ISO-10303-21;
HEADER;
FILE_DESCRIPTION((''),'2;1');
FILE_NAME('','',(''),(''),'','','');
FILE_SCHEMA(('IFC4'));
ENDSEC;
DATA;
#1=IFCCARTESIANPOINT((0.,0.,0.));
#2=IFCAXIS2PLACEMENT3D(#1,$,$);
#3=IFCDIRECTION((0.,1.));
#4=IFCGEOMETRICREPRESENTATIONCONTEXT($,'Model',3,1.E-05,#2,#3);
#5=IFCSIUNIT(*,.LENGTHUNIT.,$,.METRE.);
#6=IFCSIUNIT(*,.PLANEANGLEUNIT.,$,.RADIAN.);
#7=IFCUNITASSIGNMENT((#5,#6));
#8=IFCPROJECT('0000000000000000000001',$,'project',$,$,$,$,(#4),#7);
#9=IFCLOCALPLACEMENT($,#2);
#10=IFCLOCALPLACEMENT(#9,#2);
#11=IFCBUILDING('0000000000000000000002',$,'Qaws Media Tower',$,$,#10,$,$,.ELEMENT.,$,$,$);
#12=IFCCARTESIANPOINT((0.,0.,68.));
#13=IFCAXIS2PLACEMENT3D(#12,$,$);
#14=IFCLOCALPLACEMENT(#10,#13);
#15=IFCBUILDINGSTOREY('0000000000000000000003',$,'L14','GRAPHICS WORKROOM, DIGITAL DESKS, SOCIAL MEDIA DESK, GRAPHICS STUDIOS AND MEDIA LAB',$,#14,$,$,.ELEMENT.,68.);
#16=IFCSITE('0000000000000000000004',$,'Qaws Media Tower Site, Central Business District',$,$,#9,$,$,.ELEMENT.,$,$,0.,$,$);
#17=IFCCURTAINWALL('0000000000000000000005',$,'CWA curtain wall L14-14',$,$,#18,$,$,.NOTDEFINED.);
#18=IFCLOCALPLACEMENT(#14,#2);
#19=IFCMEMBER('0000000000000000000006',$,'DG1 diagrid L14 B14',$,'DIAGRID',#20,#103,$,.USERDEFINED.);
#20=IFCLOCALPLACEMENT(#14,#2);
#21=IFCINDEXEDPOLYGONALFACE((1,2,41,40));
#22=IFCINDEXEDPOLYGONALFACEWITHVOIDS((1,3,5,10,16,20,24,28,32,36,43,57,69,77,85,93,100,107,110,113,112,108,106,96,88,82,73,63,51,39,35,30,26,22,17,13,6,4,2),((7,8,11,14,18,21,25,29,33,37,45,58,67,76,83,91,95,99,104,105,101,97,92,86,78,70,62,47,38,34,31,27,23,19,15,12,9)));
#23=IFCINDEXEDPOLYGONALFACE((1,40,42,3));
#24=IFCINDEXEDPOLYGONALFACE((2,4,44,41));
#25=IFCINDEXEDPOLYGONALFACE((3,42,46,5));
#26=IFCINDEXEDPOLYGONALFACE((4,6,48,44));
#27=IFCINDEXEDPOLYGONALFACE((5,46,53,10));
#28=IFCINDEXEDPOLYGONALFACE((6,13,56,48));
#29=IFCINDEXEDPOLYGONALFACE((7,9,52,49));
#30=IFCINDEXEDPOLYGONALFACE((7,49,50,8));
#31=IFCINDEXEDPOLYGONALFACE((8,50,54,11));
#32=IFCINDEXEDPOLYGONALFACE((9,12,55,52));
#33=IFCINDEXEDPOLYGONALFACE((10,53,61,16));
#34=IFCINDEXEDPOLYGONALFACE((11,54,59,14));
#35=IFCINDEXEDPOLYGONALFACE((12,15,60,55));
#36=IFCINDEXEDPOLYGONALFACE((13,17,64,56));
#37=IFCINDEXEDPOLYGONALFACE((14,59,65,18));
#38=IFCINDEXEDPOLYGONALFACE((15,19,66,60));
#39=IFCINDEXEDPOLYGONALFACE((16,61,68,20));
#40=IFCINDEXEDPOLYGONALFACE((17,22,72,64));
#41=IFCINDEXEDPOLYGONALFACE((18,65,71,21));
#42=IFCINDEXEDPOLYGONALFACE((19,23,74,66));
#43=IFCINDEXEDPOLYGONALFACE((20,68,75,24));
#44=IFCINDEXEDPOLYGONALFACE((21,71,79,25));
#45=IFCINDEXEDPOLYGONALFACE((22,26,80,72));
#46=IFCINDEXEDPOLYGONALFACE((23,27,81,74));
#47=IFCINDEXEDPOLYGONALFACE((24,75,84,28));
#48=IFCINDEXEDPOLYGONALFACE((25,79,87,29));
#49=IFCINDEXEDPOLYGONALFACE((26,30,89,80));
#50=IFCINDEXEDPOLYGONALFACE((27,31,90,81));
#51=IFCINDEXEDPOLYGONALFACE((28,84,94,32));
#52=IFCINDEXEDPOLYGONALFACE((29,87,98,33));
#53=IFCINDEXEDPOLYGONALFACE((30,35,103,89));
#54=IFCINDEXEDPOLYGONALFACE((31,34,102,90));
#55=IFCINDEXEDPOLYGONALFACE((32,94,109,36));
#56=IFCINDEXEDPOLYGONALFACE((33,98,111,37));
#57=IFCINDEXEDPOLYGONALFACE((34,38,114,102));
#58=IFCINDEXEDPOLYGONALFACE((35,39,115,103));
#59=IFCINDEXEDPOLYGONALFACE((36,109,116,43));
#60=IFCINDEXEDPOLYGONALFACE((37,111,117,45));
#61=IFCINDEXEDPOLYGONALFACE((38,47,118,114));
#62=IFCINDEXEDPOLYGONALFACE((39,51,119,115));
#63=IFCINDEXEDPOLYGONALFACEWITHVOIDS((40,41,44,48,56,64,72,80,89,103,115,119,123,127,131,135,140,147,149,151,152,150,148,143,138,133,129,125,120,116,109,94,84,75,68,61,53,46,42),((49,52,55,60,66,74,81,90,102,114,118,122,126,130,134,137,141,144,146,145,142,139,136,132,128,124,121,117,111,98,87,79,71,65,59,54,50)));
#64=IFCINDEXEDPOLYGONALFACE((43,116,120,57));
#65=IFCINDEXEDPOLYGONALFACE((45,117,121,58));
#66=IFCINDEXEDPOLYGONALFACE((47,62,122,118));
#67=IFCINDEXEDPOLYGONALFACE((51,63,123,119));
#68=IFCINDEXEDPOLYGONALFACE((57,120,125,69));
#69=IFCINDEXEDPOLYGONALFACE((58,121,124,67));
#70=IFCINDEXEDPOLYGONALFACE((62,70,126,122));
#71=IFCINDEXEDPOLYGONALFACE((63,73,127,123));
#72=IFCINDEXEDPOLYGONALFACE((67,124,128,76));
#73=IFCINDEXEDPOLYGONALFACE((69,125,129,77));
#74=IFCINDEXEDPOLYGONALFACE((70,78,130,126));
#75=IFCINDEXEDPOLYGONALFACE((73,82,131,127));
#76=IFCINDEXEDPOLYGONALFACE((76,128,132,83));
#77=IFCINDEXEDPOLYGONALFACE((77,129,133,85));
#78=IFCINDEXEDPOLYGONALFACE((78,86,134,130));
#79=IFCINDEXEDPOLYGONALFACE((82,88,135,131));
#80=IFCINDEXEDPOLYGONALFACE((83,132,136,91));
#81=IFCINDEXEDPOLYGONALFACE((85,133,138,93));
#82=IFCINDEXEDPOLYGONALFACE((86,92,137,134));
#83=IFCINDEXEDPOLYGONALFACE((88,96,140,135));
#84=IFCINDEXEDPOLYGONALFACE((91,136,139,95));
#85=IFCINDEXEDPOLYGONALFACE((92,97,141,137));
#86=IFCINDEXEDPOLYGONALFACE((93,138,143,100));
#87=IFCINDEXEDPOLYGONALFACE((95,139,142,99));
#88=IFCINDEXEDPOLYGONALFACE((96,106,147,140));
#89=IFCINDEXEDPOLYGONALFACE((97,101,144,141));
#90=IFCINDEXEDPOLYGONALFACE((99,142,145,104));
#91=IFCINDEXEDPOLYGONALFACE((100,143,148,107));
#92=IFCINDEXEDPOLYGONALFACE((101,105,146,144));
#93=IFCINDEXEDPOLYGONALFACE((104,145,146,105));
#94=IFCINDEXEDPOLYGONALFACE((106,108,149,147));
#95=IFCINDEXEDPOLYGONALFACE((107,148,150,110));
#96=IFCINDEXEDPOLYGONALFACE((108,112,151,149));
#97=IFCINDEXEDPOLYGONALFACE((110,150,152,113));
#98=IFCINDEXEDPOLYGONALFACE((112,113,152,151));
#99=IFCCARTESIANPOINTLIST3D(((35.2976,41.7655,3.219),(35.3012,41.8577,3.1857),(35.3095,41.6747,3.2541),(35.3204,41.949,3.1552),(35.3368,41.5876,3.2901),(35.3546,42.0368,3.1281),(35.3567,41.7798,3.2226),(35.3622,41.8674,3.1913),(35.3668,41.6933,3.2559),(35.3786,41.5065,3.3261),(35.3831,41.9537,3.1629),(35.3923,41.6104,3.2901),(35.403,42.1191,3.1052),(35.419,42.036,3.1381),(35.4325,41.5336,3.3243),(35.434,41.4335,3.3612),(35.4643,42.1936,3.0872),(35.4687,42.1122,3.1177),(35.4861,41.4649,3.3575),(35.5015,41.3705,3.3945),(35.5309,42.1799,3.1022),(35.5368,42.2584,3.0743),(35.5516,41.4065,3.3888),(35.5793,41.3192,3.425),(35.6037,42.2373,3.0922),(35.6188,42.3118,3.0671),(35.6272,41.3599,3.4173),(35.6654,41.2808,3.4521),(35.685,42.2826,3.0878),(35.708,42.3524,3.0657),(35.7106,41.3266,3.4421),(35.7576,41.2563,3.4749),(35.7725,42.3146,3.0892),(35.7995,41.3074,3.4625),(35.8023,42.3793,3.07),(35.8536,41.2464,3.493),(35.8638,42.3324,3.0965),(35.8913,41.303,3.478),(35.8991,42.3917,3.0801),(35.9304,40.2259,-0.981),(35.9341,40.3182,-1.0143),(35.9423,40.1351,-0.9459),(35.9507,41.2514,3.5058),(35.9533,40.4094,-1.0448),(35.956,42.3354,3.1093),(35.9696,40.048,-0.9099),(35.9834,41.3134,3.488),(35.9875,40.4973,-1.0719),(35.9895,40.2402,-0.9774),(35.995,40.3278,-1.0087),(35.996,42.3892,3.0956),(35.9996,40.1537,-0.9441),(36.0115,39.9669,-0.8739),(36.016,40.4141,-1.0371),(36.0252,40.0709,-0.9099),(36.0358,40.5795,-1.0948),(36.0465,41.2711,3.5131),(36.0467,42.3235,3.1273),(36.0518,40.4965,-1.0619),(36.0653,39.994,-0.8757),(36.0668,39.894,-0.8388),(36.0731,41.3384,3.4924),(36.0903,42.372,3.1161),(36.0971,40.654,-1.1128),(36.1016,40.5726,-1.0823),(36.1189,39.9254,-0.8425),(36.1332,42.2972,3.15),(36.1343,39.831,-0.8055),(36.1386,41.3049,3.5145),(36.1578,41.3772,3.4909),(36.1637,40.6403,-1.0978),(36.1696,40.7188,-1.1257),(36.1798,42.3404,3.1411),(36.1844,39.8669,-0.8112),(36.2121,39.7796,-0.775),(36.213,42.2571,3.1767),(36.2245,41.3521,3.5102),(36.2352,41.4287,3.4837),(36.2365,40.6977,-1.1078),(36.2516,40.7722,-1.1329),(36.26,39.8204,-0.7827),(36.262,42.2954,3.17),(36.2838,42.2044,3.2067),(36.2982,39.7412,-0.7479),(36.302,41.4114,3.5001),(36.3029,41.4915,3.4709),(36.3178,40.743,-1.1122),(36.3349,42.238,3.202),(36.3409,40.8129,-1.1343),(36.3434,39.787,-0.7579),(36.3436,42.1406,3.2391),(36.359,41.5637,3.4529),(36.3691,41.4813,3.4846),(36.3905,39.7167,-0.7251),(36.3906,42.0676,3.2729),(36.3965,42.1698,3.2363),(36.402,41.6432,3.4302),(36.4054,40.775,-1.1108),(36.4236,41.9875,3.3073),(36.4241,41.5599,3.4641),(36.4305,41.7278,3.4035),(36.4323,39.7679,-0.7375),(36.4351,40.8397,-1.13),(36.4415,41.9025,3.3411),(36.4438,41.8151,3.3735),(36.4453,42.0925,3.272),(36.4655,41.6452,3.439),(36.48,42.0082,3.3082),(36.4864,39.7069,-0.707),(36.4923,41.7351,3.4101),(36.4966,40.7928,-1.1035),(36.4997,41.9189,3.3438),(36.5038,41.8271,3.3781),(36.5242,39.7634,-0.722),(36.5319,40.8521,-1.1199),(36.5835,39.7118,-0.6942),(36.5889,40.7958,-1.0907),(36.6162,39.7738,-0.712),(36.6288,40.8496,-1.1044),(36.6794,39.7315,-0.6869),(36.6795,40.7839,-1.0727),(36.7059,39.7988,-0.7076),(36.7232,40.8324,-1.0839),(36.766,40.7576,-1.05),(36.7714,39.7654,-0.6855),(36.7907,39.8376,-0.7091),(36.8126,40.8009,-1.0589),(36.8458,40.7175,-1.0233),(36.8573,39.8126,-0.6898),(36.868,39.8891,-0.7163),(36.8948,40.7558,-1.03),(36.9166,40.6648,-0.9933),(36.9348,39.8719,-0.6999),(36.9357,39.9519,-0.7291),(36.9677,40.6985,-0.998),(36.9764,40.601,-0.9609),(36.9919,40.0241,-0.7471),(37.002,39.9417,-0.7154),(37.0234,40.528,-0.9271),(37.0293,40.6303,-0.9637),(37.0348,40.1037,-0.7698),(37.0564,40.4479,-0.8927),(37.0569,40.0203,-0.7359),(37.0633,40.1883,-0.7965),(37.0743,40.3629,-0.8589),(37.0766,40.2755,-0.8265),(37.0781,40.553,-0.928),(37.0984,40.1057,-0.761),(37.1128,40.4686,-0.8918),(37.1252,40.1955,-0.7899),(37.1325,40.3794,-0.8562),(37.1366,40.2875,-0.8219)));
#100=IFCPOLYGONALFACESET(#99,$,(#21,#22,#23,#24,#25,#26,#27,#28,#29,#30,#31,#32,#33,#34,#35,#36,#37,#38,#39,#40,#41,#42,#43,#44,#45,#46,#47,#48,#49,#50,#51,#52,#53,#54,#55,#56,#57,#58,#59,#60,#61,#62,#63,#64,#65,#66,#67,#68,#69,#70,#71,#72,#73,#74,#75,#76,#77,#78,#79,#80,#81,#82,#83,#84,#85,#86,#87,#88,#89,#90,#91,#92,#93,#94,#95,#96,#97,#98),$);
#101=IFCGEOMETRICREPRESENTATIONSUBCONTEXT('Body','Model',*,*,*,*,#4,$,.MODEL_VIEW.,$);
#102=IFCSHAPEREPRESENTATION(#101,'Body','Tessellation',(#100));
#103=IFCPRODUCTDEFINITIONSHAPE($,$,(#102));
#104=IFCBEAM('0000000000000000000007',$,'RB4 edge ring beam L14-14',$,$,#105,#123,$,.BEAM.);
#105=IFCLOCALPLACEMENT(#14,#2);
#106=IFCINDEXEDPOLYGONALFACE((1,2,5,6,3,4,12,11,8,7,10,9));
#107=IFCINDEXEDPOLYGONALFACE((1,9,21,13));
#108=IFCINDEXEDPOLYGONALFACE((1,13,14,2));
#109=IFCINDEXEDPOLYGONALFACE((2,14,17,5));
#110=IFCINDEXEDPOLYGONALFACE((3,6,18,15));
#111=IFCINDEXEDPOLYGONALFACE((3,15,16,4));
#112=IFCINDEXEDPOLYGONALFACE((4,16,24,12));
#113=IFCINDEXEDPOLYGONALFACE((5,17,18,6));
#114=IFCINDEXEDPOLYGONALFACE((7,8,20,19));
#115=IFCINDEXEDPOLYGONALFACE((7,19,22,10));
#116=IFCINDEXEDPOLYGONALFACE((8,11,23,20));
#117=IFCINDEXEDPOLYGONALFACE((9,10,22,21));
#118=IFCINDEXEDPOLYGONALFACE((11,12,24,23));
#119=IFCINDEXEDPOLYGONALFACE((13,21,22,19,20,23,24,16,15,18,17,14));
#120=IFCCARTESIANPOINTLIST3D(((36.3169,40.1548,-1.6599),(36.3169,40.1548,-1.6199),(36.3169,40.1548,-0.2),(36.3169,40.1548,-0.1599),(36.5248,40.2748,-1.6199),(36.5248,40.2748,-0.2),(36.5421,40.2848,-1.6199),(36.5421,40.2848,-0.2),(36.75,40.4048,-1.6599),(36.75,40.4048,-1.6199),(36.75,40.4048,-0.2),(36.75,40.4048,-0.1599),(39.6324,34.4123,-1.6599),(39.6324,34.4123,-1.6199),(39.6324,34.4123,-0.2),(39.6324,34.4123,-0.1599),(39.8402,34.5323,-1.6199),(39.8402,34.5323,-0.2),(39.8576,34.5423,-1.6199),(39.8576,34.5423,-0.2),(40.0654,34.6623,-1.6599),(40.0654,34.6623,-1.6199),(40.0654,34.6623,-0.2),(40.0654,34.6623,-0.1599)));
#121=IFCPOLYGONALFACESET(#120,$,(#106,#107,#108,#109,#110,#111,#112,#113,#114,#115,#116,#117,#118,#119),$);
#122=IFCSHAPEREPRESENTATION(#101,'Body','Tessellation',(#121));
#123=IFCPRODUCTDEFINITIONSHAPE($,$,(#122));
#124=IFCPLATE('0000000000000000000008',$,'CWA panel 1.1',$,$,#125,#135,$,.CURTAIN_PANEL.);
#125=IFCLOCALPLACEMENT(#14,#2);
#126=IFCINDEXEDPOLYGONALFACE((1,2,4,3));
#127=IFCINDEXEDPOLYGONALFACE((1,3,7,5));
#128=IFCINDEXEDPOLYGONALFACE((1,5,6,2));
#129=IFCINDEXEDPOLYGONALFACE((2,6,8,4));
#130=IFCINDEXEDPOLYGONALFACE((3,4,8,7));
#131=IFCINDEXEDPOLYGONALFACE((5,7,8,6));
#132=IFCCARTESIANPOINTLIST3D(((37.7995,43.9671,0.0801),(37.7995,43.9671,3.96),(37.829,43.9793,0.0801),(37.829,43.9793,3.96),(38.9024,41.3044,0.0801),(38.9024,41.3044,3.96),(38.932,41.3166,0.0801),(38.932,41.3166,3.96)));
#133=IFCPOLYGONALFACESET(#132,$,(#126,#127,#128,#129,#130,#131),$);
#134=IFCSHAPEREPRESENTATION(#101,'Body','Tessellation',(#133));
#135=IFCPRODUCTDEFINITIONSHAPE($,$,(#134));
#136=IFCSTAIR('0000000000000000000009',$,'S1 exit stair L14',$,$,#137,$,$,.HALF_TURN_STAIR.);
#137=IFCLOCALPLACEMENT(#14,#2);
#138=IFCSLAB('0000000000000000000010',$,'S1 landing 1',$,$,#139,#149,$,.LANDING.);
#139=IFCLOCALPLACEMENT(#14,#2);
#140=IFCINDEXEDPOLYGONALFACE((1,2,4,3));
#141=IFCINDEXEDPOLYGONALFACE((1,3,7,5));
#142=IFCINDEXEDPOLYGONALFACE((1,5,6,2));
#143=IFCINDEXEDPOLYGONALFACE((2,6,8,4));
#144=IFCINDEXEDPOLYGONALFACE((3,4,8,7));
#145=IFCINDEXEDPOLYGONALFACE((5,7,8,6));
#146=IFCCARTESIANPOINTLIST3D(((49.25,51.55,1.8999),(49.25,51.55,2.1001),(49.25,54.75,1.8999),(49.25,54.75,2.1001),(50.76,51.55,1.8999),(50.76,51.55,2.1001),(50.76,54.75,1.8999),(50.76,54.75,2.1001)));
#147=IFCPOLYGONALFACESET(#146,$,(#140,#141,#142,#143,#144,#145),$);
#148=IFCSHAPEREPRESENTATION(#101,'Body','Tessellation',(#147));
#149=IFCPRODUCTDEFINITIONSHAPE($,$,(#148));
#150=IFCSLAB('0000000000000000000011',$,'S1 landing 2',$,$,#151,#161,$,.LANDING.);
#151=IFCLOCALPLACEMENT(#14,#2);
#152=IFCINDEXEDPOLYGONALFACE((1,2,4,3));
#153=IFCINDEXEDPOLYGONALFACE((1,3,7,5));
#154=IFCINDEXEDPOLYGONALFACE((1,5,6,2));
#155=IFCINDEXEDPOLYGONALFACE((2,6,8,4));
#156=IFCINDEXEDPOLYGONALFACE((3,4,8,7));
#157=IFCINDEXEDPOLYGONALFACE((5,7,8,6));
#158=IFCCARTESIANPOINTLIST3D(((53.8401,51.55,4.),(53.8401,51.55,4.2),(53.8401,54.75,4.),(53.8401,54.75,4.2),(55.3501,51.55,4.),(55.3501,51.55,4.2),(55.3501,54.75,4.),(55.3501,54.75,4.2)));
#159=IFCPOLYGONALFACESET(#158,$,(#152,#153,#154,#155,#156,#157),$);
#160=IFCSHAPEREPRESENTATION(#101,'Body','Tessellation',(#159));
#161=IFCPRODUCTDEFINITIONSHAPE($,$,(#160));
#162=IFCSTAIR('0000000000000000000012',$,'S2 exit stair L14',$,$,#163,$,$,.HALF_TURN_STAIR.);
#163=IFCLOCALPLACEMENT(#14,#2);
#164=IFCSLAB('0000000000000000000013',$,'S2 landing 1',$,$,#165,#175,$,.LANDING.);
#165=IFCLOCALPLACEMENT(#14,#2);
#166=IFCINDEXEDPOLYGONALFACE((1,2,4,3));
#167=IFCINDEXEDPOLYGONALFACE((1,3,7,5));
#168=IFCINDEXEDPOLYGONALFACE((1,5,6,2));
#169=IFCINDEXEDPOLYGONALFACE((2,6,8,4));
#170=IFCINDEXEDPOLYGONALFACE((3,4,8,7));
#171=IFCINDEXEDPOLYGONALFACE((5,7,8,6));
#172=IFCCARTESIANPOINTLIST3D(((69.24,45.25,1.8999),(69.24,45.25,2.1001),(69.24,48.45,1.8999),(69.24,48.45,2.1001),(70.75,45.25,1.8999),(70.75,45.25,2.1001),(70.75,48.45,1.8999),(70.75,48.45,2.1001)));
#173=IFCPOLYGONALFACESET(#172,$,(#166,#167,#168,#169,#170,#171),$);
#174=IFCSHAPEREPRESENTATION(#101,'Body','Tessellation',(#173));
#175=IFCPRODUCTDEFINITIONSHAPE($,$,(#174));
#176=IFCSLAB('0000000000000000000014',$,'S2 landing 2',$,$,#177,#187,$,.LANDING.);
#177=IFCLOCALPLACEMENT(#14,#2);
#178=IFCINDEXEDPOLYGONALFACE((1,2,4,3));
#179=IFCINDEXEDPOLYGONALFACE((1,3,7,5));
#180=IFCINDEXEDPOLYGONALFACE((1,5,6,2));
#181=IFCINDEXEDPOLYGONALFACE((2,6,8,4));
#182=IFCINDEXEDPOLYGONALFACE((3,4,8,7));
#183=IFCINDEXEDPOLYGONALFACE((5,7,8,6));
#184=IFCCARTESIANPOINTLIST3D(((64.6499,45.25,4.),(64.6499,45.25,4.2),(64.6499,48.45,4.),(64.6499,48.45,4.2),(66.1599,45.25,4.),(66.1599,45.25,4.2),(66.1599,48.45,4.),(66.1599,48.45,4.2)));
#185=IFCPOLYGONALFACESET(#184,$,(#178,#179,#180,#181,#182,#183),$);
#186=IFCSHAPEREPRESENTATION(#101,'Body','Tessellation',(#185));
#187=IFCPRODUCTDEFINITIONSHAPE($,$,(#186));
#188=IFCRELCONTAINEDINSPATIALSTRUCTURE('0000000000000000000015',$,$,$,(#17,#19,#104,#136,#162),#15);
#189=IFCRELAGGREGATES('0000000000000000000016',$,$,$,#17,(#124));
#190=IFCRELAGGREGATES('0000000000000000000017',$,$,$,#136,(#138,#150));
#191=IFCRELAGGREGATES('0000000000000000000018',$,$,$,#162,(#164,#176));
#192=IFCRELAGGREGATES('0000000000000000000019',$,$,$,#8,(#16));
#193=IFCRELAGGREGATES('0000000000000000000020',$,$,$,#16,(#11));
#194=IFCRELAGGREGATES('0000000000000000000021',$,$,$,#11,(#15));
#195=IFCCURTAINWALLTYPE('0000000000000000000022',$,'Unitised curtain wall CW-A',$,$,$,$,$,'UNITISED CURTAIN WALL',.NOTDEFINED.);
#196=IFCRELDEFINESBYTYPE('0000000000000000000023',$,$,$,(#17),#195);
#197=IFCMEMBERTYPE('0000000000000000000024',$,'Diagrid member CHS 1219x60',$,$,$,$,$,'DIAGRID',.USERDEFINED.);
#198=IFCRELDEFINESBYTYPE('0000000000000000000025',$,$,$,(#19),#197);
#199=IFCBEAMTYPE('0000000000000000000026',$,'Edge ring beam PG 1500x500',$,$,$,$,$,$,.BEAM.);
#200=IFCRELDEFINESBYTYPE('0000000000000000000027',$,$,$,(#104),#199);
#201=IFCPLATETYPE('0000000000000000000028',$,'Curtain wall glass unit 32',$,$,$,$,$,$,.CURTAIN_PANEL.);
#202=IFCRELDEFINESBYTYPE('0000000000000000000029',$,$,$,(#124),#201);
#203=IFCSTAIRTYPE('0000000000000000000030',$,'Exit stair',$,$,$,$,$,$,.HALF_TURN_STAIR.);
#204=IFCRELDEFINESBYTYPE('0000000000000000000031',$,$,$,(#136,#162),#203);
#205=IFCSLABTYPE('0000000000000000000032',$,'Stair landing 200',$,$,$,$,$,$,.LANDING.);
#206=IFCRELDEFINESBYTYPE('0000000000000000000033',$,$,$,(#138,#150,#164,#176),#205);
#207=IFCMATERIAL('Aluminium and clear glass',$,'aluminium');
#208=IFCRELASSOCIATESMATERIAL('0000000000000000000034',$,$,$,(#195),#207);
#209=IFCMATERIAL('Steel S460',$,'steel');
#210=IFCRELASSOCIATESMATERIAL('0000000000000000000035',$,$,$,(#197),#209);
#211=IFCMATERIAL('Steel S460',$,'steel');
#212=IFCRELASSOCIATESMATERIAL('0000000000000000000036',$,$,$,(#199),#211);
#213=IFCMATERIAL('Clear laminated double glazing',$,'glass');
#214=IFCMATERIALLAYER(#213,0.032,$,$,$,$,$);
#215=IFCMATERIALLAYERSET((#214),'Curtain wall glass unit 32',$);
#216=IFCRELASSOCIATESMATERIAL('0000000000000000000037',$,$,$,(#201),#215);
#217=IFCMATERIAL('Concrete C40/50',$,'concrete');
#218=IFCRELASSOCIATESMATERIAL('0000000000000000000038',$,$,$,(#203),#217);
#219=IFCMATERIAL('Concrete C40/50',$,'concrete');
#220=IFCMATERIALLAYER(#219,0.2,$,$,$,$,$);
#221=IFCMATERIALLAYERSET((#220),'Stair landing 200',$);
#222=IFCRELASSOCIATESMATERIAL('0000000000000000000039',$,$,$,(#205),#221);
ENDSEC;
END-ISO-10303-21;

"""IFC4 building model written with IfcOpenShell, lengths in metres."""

from ifc_helpers import new_model, si_unit, direction, frame, origin, origin_2d, place, context, subcontext, project, spatial, polyline, rectangle, hollow_circle, i_section, outline, extrude, material, layer, layer_set, material_profile, profile_set, type_object, element, aggregate, save


model = new_model("IFC4")

# Units and contexts
model_context = context("Model", 3, precision=1e-05, world=origin(), true_north=direction((0.0, 1.0)))
body_context = subcontext(model_context, "Body", "Model", "MODEL_VIEW")
ifc_project = project(units=[si_unit("LENGTHUNIT", "METRE"), si_unit("PLANEANGLEUNIT", "RADIAN")], contexts=[model_context])

# Site, building, storey
site_placement = place(None, origin())
site = spatial("IfcSite", under=ifc_project, at=site_placement, Name="Qaws Media Tower Site, Central Business District", CompositionType="ELEMENT", RefElevation=0.0)
building_placement = place(site_placement, origin())
building = spatial("IfcBuilding", under=site, at=building_placement, Name="Qaws Media Tower", CompositionType="ELEMENT")
storey_placement = place(building_placement, frame((0.0, 0.0, 68.0)))
storey = spatial("IfcBuildingStorey", under=building, at=storey_placement, Name="L14", Description="GRAPHICS WORKROOM, DIGITAL DESKS, SOCIAL MEDIA DESK, GRAPHICS STUDIOS AND MEDIA LAB", CompositionType="ELEMENT", Elevation=68.0)

# Curtain wall
ifc_material_1 = material(Name="Aluminium and clear glass", Category="aluminium")
curtain_wall_type = type_object("IfcCurtainWallType", Name="Unitised curtain wall CW-A", ElementType="UNITISED CURTAIN WALL", PredefinedType="NOTDEFINED", material=ifc_material_1)
curtain_wall_placement = place(storey_placement, origin())
curtain_wall = element("IfcCurtainWall", 1, at=curtain_wall_placement, inside=storey, type_object=curtain_wall_type, Name="CWA curtain wall L14-14", PredefinedType="NOTDEFINED")

# Member
ifc_material_2 = material(Name="Steel S460", Category="steel")
ifc_material_profile_1 = material_profile(ifc_material_2, hollow_circle(Radius=0.6096, WallThickness=0.0601, at=origin_2d()), Name="CHS 1219x60")
ifc_profile_set_1 = profile_set([ifc_material_profile_1], Name="Steel S460")
member_type_1 = type_object("IfcMemberType", Name="Diagrid member CHS 1219x60", ElementType="DIAGRID", PredefinedType="USERDEFINED", material=ifc_profile_set_1)
for number, where, z_axis, x_axis, name in (
    (2, (36.5334, 40.2798, -0.9099), (-0.140072, 0.340777, 0.929651), (-0.924915, -0.380174, 0.0), "DG1 diagrid L14 B14"),
):
    element("IfcMember", number, at=place(storey_placement, frame(where, z_axis=z_axis, x_axis=x_axis)), inside=storey, type_object=member_type_1, Name=name, ObjectType="DIAGRID", PredefinedType="USERDEFINED", context=body_context, shape_type="SweptSolid", body=[
        extrude(hollow_circle(Radius=0.6096, WallThickness=0.0601, at=origin_2d()), origin(), (0.0, 0.0, 1.0), 4.5178),
    ])

# Beam
ifc_material_3 = material(Name="Steel S460", Category="steel")
ifc_material_profile_2 = material_profile(ifc_material_3, i_section(OverallWidth=0.5, OverallDepth=1.5, WebThickness=0.02, FlangeThickness=0.04, at=origin_2d()), Name="PG 1500x500")
ifc_profile_set_2 = profile_set([ifc_material_profile_2], Name="Steel S460")
beam_type = type_object("IfcBeamType", Name="Edge ring beam PG 1500x500", PredefinedType="BEAM", material=ifc_profile_set_2)
beam_placement = place(storey_placement, frame((36.5334, 40.2798, -0.9099), z_axis=(0.500004, -0.866023, 0.0), x_axis=(0.866023, 0.500004, 0.0)))
element("IfcBeam", 3, at=beam_placement, inside=storey, type_object=beam_type, Name="RB4 edge ring beam L14-14", PredefinedType="BEAM", context=body_context, shape_type="SweptSolid", body=[
    extrude(i_section(OverallWidth=0.5, OverallDepth=1.5, WebThickness=0.02, FlangeThickness=0.04, at=origin_2d()), origin(), (0.0, 0.0, 1.0), 6.6309),
])

# Plate
ifc_material_4 = material(Name="Clear laminated double glazing", Category="glass")
ifc_layer_1 = layer(ifc_material_4, 0.032)
ifc_layer_set_1 = layer_set([ifc_layer_1], Name="Curtain wall glass unit 32")
plate_type = type_object("IfcPlateType", Name="Curtain wall glass unit 32", PredefinedType="CURTAIN_PANEL", material=ifc_layer_set_1)
plate_placement = place(storey_placement, frame((38.3657, 42.6418, 0.0801), z_axis=(0.0, 0.0, 1.0), x_axis=(0.382683, -0.92388, 0.0)))
plate = element("IfcPlate", 4, at=plate_placement, type_object=plate_type, Name="CWA panel 1.1", PredefinedType="CURTAIN_PANEL", context=body_context, shape_type="SweptSolid", body=[
    extrude(rectangle(XDim=2.8821, YDim=0.032, at=origin_2d()), origin(), (0.0, 0.0, 1.0), 3.8799),
])
aggregate(curtain_wall, [plate])

# Stairs, slabs
ifc_material_5 = material(Name="Concrete C40/50", Category="concrete")
stair_type = type_object("IfcStairType", Name="Exit stair", PredefinedType="HALF_TURN_STAIR", material=ifc_material_5)
stair_1_placement = place(storey_placement, origin())
stair_1 = element("IfcStair", 5, at=stair_1_placement, inside=storey, type_object=stair_type, Name="S1 exit stair L14", PredefinedType="HALF_TURN_STAIR")
ifc_material_6 = material(Name="Concrete C40/50", Category="concrete")
ifc_layer_2 = layer(ifc_material_6, 0.2)
ifc_layer_set_2 = layer_set([ifc_layer_2], Name="Stair landing 200")
slab_type = type_object("IfcSlabType", Name="Stair landing 200", PredefinedType="LANDING", material=ifc_layer_set_2)
slab_1_placement = place(storey_placement, frame((0.0, 0.0, 1.8999)))
slab_1 = element("IfcSlab", 6, at=slab_1_placement, type_object=slab_type, Name="S1 landing 1", PredefinedType="LANDING", context=body_context, shape_type="SweptSolid", body=[
    extrude(outline(polyline([(49.25, 51.55), (50.76, 51.55), (50.76, 54.75), (49.25, 54.75), (49.25, 51.55)])), origin(), (0.0, 0.0, 1.0), 0.2002),
])
slab_2_placement = place(storey_placement, frame((0.0, 0.0, 4.0)))
slab_2 = element("IfcSlab", 7, at=slab_2_placement, type_object=slab_type, Name="S1 landing 2", PredefinedType="LANDING", context=body_context, shape_type="SweptSolid", body=[
    extrude(outline(polyline([(53.8401, 51.55), (55.3501, 51.55), (55.3501, 54.75), (53.8401, 54.75), (53.8401, 51.55)])), origin(), (0.0, 0.0, 1.0), 0.2),
])
aggregate(stair_1, [slab_1, slab_2])
stair_2_placement = place(storey_placement, origin())
stair_2 = element("IfcStair", 8, at=stair_2_placement, inside=storey, type_object=stair_type, Name="S2 exit stair L14", PredefinedType="HALF_TURN_STAIR")
slab_3_placement = place(storey_placement, frame((0.0, 0.0, 1.8999)))
slab_3 = element("IfcSlab", 9, at=slab_3_placement, type_object=slab_type, Name="S2 landing 1", PredefinedType="LANDING", context=body_context, shape_type="SweptSolid", body=[
    extrude(outline(polyline([(69.24, 45.25), (70.75, 45.25), (70.75, 48.45), (69.24, 48.45), (69.24, 45.25)])), origin(), (0.0, 0.0, 1.0), 0.2002),
])
slab_4_placement = place(storey_placement, frame((0.0, 0.0, 4.0)))
slab_4 = element("IfcSlab", 10, at=slab_4_placement, type_object=slab_type, Name="S2 landing 2", PredefinedType="LANDING", context=body_context, shape_type="SweptSolid", body=[
    extrude(outline(polyline([(64.6499, 45.25), (66.1599, 45.25), (66.1599, 48.45), (64.6499, 48.45), (64.6499, 45.25)])), origin(), (0.0, 0.0, 1.0), 0.2),
])
aggregate(stair_2, [slab_3, slab_4])

save(model, "model.ifc")
